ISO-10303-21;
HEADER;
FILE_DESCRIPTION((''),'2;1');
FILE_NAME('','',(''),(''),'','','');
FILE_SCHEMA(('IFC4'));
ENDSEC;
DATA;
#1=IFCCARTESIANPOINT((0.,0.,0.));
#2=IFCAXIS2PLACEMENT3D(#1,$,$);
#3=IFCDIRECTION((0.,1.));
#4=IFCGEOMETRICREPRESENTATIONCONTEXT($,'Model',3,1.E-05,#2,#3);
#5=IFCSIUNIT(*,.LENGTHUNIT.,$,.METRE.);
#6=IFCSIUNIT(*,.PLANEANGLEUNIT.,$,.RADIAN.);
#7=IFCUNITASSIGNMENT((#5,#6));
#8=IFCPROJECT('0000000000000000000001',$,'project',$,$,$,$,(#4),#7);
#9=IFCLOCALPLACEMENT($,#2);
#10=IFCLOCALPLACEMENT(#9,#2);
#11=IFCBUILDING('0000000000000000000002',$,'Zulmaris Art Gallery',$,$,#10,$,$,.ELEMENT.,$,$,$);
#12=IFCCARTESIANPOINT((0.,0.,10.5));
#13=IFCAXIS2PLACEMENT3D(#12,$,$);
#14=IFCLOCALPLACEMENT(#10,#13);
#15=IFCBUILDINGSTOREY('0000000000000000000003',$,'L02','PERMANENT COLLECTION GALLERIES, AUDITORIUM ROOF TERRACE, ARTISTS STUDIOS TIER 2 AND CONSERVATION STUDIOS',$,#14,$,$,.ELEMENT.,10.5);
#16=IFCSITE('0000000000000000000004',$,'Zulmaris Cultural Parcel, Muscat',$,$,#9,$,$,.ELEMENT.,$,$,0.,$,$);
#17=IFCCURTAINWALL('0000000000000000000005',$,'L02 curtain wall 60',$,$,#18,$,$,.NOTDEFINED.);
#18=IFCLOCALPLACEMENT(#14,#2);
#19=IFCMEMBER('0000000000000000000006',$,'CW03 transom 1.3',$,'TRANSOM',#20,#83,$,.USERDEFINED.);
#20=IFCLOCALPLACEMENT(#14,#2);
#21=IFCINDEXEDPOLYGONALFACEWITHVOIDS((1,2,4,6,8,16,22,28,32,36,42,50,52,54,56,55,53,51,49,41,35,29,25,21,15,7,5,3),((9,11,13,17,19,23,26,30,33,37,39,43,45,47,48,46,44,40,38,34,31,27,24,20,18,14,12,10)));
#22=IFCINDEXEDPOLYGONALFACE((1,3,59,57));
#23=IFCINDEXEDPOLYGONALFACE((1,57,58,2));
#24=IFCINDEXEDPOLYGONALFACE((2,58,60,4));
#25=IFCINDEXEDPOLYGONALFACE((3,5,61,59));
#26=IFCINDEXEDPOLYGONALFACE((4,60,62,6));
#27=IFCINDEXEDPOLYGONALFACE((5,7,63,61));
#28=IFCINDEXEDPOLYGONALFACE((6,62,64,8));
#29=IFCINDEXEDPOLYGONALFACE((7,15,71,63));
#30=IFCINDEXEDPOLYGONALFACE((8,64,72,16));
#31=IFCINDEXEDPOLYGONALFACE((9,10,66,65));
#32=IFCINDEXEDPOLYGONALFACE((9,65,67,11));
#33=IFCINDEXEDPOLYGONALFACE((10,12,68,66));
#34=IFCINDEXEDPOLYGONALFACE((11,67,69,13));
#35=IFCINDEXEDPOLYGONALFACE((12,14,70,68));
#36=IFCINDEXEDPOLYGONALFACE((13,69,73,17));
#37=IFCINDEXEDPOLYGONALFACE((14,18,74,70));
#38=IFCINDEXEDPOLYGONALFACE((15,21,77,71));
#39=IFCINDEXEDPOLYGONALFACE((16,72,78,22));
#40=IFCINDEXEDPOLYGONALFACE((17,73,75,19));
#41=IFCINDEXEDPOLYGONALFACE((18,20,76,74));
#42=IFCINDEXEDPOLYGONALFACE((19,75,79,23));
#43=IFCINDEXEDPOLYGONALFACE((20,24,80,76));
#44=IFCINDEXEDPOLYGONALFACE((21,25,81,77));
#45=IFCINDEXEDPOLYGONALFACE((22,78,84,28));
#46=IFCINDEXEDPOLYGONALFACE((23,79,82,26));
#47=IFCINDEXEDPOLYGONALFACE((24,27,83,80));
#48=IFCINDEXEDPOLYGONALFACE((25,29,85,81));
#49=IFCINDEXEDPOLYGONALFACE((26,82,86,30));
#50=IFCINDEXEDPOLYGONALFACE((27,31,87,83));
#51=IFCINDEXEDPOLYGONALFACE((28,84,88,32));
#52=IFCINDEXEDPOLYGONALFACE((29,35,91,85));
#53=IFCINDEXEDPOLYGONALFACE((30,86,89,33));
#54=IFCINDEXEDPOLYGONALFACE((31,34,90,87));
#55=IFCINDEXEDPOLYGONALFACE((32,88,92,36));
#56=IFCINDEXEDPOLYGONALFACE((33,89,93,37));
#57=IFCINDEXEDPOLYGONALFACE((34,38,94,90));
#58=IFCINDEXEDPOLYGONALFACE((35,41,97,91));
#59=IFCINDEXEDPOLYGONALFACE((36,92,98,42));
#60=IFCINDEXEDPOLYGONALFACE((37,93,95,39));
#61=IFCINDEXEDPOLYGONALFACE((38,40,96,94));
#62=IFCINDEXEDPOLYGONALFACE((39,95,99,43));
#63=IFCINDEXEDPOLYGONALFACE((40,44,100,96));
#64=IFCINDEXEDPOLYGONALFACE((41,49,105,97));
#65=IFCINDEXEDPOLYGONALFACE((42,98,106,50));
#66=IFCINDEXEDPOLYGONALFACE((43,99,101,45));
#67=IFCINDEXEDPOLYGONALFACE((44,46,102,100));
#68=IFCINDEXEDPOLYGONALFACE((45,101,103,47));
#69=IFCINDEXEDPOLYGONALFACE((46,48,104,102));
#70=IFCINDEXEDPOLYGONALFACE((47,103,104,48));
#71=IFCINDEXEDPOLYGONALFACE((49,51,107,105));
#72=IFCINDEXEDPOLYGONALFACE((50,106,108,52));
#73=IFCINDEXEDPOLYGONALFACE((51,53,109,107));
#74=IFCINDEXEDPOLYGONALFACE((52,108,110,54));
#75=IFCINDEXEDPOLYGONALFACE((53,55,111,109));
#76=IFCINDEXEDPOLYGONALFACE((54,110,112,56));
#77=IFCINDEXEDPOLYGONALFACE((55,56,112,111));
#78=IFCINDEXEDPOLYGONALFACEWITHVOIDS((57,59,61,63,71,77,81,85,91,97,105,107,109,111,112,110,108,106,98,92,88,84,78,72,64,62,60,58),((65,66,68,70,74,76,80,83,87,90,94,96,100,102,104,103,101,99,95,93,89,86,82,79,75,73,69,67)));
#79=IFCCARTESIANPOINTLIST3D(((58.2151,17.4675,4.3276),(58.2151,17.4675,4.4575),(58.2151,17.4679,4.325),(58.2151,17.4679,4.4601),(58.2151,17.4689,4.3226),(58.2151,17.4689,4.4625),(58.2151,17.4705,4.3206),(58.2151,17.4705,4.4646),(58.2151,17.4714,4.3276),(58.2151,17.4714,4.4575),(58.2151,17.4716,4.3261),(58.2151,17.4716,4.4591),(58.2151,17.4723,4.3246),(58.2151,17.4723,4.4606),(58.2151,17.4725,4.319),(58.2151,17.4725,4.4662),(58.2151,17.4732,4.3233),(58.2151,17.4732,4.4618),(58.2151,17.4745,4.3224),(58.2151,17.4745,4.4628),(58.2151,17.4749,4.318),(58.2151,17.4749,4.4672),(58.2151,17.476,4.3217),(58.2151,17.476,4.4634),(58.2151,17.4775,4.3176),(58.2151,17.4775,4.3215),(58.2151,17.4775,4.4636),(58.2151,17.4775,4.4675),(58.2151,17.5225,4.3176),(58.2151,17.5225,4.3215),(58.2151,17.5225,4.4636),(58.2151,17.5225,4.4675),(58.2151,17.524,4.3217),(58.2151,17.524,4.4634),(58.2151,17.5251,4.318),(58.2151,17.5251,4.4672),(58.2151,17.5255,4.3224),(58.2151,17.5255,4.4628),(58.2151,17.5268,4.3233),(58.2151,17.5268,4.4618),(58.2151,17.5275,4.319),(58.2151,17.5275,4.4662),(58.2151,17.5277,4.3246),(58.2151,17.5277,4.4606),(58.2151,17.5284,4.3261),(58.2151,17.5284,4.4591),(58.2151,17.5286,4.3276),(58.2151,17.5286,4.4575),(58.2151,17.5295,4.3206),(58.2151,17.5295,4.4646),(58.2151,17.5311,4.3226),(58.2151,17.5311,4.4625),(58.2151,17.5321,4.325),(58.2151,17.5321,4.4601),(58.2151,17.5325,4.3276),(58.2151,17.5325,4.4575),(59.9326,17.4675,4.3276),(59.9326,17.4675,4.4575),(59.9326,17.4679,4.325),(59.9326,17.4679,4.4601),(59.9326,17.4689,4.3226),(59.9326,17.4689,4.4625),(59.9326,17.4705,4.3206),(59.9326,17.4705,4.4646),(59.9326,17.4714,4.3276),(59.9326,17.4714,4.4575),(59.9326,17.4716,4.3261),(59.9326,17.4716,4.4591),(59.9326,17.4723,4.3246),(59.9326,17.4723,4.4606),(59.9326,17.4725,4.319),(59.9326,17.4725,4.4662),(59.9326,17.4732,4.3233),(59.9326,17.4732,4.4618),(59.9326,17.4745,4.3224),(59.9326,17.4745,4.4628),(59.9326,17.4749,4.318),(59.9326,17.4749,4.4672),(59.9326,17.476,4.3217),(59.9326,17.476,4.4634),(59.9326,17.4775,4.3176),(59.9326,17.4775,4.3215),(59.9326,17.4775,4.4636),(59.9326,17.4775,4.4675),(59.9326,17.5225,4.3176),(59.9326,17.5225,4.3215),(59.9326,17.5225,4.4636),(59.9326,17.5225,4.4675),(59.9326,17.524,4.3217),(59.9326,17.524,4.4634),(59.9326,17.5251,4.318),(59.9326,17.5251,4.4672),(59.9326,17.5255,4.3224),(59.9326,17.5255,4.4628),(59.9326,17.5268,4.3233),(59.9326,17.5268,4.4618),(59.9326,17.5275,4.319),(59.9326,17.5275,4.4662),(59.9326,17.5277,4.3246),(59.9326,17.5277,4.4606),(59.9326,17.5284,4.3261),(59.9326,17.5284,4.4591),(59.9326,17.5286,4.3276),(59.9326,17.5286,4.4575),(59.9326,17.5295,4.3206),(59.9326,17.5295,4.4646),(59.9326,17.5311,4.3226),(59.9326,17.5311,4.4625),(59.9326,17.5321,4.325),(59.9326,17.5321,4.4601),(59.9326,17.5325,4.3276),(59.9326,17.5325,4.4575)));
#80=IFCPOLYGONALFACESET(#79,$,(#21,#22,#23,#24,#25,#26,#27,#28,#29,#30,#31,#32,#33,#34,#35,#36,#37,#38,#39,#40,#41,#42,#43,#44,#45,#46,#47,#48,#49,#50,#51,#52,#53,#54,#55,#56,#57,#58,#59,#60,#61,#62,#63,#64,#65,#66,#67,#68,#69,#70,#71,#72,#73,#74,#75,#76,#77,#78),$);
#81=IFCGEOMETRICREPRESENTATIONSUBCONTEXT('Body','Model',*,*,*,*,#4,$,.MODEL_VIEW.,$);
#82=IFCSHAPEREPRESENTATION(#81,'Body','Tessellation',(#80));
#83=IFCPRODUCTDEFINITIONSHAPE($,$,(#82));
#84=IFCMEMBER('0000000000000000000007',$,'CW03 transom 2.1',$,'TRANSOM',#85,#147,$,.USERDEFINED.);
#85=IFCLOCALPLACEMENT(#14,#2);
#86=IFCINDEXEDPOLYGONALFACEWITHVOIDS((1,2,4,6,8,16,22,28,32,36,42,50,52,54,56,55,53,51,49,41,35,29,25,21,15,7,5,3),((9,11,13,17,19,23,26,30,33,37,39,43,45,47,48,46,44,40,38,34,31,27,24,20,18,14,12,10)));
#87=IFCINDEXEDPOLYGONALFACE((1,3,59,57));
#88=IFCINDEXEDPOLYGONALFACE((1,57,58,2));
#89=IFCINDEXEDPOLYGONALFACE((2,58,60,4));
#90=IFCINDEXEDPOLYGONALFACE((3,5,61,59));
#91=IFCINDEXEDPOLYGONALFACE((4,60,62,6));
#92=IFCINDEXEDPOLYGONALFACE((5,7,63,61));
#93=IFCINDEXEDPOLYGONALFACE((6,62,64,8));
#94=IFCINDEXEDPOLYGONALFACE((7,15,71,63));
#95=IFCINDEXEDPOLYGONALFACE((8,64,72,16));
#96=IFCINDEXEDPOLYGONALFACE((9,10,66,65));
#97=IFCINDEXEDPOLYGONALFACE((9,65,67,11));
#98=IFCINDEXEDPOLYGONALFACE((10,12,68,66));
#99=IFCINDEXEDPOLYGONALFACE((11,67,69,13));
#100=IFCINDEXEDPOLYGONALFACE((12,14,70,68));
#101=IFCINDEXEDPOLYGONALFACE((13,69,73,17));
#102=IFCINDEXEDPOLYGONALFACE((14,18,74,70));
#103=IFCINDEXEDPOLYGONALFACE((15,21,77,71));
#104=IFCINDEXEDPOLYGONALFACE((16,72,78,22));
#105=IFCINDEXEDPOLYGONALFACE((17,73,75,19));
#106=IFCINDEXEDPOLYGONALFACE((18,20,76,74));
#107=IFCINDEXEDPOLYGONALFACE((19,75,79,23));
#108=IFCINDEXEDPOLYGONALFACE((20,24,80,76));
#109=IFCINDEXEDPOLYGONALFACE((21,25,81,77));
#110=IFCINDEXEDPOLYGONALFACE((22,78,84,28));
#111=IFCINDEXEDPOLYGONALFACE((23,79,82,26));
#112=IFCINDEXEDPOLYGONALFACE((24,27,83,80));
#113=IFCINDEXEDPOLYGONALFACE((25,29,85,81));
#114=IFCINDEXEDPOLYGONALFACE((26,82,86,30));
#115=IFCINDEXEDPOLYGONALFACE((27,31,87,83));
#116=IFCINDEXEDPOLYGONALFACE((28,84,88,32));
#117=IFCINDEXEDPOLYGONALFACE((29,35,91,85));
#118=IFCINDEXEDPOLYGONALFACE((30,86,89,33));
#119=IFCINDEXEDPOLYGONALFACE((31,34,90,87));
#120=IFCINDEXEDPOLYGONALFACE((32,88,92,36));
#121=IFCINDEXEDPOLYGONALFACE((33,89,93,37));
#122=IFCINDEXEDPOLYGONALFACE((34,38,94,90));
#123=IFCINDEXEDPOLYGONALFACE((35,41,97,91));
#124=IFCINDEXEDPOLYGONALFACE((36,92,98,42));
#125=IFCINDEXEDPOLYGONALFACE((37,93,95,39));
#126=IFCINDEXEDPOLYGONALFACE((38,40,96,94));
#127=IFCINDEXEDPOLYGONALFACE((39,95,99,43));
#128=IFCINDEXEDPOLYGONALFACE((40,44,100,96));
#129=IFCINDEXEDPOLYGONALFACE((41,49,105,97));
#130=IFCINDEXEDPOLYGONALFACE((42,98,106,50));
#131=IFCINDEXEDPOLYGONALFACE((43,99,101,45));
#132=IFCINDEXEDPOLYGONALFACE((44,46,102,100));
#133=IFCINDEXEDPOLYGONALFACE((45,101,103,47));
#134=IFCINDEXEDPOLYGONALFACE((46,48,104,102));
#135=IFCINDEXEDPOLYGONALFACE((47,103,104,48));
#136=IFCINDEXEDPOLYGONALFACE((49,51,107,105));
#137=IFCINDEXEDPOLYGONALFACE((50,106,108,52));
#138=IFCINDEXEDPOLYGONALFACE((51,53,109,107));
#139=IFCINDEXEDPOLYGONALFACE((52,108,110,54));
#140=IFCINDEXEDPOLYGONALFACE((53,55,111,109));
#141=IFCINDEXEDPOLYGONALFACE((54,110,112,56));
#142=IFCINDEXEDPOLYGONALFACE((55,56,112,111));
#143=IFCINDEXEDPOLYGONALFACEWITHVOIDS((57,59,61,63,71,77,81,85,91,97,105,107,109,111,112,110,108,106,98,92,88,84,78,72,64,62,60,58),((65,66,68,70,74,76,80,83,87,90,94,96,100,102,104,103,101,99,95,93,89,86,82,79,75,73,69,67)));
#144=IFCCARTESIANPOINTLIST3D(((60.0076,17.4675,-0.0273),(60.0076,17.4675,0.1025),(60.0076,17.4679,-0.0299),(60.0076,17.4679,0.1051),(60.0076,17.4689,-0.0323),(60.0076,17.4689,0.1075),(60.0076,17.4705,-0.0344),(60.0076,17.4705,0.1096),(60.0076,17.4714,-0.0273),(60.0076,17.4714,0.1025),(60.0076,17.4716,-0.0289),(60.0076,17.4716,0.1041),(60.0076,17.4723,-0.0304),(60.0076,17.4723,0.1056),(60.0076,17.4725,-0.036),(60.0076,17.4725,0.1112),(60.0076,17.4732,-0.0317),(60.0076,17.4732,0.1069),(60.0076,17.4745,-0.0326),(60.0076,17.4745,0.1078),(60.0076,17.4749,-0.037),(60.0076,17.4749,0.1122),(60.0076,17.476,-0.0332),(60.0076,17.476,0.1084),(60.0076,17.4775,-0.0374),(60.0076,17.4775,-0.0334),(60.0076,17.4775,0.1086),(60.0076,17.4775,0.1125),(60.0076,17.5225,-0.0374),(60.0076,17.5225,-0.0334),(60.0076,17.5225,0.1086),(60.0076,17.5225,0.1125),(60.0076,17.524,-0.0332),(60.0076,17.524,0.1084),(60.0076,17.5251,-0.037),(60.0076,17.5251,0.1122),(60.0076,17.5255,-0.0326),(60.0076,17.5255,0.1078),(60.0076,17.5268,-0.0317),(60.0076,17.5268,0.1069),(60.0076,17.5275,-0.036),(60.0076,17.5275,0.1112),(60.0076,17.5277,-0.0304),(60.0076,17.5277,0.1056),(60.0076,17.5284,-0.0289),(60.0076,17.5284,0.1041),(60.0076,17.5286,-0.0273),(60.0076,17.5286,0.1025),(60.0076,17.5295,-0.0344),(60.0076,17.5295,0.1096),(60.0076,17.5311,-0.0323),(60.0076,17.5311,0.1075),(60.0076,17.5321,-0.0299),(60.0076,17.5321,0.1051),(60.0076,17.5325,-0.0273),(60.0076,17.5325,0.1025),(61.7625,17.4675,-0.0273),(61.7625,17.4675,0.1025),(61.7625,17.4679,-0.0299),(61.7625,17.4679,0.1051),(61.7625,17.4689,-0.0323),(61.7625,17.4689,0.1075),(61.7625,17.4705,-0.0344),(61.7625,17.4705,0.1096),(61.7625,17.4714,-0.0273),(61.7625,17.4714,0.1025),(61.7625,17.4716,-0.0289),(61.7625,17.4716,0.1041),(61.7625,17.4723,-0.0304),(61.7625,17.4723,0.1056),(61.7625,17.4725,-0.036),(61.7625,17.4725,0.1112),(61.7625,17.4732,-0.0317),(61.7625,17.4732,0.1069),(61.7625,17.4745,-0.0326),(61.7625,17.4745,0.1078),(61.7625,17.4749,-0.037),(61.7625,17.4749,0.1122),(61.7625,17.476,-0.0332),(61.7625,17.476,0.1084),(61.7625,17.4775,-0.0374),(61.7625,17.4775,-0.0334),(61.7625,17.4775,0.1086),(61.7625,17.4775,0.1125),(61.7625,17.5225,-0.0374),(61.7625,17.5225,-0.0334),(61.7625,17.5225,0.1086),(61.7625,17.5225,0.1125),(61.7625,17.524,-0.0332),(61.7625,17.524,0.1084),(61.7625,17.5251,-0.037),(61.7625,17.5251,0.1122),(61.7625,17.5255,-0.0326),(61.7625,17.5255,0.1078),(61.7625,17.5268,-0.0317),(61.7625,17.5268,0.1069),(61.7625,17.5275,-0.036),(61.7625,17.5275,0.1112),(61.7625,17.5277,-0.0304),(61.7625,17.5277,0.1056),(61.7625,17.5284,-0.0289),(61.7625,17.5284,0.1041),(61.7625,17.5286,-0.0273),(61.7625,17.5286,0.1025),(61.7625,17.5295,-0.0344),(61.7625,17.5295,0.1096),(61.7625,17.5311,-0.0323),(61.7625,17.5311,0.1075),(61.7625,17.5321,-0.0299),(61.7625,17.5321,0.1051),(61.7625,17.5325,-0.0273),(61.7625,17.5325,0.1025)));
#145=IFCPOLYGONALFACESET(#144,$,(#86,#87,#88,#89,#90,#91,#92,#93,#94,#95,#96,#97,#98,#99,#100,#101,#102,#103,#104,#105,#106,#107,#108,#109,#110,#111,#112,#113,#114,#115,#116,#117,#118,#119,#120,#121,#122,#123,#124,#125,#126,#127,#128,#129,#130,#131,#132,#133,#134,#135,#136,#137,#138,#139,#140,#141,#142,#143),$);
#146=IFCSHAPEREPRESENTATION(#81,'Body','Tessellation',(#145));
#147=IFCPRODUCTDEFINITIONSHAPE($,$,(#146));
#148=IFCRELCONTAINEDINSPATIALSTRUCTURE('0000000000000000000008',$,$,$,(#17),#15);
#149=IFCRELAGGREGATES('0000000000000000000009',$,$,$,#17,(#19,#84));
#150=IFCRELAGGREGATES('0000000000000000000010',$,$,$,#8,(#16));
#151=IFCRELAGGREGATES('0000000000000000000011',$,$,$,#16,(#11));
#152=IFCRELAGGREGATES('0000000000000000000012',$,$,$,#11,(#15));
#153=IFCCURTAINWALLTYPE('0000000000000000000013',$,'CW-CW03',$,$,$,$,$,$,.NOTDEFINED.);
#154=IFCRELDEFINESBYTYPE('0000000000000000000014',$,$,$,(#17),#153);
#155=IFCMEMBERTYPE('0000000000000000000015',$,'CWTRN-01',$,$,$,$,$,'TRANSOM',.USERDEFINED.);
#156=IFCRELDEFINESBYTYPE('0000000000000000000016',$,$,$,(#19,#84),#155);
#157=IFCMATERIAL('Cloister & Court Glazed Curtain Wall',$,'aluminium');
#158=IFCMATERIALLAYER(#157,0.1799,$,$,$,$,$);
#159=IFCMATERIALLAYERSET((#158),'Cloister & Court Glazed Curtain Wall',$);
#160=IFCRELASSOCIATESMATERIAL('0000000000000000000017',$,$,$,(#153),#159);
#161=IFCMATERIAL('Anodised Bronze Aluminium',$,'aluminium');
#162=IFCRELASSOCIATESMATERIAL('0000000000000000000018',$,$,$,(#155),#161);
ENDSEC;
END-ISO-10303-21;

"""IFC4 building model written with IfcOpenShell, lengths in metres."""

from ifc_helpers import new_model, si_unit, direction, frame, origin, origin_2d, place, context, subcontext, project, spatial, hollow_rectangle, extrude, material, layer, layer_set, material_profile, profile_set, type_object, element, aggregate, save


model = new_model("IFC4")

# Units and contexts
model_context = context("Model", 3, precision=1e-05, world=origin(), true_north=direction((0.0, 1.0)))
body_context = subcontext(model_context, "Body", "Model", "MODEL_VIEW")
ifc_project = project(units=[si_unit("LENGTHUNIT", "METRE"), si_unit("PLANEANGLEUNIT", "RADIAN")], contexts=[model_context])

# Site, building, storey
site_placement = place(None, origin())
site = spatial("IfcSite", under=ifc_project, at=site_placement, Name="Zulmaris Cultural Parcel, Muscat", CompositionType="ELEMENT", RefElevation=0.0)
building_placement = place(site_placement, origin())
building = spatial("IfcBuilding", under=site, at=building_placement, Name="Zulmaris Art Gallery", CompositionType="ELEMENT")
storey_placement = place(building_placement, frame((0.0, 0.0, 10.5)))
storey = spatial("IfcBuildingStorey", under=building, at=storey_placement, Name="L02", Description="PERMANENT COLLECTION GALLERIES, AUDITORIUM ROOF TERRACE, ARTISTS STUDIOS TIER 2 AND CONSERVATION STUDIOS", CompositionType="ELEMENT", Elevation=10.5)

# Shared definitions
ifc_material_1 = material(Name="Cloister & Court Glazed Curtain Wall", Category="aluminium")
ifc_layer_1 = layer(ifc_material_1, 0.1799)
ifc_layer_set_1 = layer_set([ifc_layer_1], Name="Cloister & Court Glazed Curtain Wall")
curtain_wall_type = type_object("IfcCurtainWallType", Name="CW-CW03", PredefinedType="NOTDEFINED", material=ifc_layer_set_1)
ifc_material_2 = material(Name="Anodised Bronze Aluminium", Category="aluminium")

# Curtain wall, members
curtain_wall_1_placement = place(storey_placement, origin())
curtain_wall_1 = element("IfcCurtainWall", 1, at=curtain_wall_1_placement, inside=storey, type_object=curtain_wall_type, Name="L02 curtain wall 60", PredefinedType="NOTDEFINED")
ifc_material_profile_1 = material_profile(ifc_material_2, hollow_rectangle(XDim=0.0649, YDim=0.1499, WallThickness=0.0039, InnerFilletRadius=0.0061, OuterFilletRadius=0.01, at=origin_2d()), Name="ALU 65x150x4")
ifc_profile_set_1 = profile_set([ifc_material_profile_1], Name="Anodised Bronze Aluminium")
member_type_1 = type_object("IfcMemberType", Name="CWTRN-01", ElementType="TRANSOM", PredefinedType="USERDEFINED", material=ifc_profile_set_1)
member_1_placement = place(storey_placement, frame((58.2151, 17.5, 4.3926), z_axis=(1.0, 0.0, 0.0), x_axis=(0.0, 1.0, 0.0)))
member_1 = element("IfcMember", 2, at=member_1_placement, type_object=member_type_1, Name="CW03 transom 1.3", ObjectType="TRANSOM", PredefinedType="USERDEFINED", context=body_context, shape_type="SweptSolid", body=[
    extrude(hollow_rectangle(XDim=0.0649, YDim=0.1499, WallThickness=0.0039, InnerFilletRadius=0.0061, OuterFilletRadius=0.01, at=origin_2d()), origin(), (0.0, 0.0, 1.0), 1.7175),
])
member_2_placement = place(storey_placement, frame((60.0076, 17.5, 0.0376), z_axis=(1.0, 0.0, 0.0), x_axis=(0.0, 1.0, 0.0)))
member_2 = element("IfcMember", 3, at=member_2_placement, type_object=member_type_1, Name="CW03 transom 2.1", ObjectType="TRANSOM", PredefinedType="USERDEFINED", context=body_context, shape_type="SweptSolid", body=[
    extrude(hollow_rectangle(XDim=0.0649, YDim=0.1499, WallThickness=0.0039, InnerFilletRadius=0.0061, OuterFilletRadius=0.01, at=origin_2d()), origin(), (0.0, 0.0, 1.0), 1.7549),
])
aggregate(curtain_wall_1, [member_1, member_2])

save(model, "model.ifc")
